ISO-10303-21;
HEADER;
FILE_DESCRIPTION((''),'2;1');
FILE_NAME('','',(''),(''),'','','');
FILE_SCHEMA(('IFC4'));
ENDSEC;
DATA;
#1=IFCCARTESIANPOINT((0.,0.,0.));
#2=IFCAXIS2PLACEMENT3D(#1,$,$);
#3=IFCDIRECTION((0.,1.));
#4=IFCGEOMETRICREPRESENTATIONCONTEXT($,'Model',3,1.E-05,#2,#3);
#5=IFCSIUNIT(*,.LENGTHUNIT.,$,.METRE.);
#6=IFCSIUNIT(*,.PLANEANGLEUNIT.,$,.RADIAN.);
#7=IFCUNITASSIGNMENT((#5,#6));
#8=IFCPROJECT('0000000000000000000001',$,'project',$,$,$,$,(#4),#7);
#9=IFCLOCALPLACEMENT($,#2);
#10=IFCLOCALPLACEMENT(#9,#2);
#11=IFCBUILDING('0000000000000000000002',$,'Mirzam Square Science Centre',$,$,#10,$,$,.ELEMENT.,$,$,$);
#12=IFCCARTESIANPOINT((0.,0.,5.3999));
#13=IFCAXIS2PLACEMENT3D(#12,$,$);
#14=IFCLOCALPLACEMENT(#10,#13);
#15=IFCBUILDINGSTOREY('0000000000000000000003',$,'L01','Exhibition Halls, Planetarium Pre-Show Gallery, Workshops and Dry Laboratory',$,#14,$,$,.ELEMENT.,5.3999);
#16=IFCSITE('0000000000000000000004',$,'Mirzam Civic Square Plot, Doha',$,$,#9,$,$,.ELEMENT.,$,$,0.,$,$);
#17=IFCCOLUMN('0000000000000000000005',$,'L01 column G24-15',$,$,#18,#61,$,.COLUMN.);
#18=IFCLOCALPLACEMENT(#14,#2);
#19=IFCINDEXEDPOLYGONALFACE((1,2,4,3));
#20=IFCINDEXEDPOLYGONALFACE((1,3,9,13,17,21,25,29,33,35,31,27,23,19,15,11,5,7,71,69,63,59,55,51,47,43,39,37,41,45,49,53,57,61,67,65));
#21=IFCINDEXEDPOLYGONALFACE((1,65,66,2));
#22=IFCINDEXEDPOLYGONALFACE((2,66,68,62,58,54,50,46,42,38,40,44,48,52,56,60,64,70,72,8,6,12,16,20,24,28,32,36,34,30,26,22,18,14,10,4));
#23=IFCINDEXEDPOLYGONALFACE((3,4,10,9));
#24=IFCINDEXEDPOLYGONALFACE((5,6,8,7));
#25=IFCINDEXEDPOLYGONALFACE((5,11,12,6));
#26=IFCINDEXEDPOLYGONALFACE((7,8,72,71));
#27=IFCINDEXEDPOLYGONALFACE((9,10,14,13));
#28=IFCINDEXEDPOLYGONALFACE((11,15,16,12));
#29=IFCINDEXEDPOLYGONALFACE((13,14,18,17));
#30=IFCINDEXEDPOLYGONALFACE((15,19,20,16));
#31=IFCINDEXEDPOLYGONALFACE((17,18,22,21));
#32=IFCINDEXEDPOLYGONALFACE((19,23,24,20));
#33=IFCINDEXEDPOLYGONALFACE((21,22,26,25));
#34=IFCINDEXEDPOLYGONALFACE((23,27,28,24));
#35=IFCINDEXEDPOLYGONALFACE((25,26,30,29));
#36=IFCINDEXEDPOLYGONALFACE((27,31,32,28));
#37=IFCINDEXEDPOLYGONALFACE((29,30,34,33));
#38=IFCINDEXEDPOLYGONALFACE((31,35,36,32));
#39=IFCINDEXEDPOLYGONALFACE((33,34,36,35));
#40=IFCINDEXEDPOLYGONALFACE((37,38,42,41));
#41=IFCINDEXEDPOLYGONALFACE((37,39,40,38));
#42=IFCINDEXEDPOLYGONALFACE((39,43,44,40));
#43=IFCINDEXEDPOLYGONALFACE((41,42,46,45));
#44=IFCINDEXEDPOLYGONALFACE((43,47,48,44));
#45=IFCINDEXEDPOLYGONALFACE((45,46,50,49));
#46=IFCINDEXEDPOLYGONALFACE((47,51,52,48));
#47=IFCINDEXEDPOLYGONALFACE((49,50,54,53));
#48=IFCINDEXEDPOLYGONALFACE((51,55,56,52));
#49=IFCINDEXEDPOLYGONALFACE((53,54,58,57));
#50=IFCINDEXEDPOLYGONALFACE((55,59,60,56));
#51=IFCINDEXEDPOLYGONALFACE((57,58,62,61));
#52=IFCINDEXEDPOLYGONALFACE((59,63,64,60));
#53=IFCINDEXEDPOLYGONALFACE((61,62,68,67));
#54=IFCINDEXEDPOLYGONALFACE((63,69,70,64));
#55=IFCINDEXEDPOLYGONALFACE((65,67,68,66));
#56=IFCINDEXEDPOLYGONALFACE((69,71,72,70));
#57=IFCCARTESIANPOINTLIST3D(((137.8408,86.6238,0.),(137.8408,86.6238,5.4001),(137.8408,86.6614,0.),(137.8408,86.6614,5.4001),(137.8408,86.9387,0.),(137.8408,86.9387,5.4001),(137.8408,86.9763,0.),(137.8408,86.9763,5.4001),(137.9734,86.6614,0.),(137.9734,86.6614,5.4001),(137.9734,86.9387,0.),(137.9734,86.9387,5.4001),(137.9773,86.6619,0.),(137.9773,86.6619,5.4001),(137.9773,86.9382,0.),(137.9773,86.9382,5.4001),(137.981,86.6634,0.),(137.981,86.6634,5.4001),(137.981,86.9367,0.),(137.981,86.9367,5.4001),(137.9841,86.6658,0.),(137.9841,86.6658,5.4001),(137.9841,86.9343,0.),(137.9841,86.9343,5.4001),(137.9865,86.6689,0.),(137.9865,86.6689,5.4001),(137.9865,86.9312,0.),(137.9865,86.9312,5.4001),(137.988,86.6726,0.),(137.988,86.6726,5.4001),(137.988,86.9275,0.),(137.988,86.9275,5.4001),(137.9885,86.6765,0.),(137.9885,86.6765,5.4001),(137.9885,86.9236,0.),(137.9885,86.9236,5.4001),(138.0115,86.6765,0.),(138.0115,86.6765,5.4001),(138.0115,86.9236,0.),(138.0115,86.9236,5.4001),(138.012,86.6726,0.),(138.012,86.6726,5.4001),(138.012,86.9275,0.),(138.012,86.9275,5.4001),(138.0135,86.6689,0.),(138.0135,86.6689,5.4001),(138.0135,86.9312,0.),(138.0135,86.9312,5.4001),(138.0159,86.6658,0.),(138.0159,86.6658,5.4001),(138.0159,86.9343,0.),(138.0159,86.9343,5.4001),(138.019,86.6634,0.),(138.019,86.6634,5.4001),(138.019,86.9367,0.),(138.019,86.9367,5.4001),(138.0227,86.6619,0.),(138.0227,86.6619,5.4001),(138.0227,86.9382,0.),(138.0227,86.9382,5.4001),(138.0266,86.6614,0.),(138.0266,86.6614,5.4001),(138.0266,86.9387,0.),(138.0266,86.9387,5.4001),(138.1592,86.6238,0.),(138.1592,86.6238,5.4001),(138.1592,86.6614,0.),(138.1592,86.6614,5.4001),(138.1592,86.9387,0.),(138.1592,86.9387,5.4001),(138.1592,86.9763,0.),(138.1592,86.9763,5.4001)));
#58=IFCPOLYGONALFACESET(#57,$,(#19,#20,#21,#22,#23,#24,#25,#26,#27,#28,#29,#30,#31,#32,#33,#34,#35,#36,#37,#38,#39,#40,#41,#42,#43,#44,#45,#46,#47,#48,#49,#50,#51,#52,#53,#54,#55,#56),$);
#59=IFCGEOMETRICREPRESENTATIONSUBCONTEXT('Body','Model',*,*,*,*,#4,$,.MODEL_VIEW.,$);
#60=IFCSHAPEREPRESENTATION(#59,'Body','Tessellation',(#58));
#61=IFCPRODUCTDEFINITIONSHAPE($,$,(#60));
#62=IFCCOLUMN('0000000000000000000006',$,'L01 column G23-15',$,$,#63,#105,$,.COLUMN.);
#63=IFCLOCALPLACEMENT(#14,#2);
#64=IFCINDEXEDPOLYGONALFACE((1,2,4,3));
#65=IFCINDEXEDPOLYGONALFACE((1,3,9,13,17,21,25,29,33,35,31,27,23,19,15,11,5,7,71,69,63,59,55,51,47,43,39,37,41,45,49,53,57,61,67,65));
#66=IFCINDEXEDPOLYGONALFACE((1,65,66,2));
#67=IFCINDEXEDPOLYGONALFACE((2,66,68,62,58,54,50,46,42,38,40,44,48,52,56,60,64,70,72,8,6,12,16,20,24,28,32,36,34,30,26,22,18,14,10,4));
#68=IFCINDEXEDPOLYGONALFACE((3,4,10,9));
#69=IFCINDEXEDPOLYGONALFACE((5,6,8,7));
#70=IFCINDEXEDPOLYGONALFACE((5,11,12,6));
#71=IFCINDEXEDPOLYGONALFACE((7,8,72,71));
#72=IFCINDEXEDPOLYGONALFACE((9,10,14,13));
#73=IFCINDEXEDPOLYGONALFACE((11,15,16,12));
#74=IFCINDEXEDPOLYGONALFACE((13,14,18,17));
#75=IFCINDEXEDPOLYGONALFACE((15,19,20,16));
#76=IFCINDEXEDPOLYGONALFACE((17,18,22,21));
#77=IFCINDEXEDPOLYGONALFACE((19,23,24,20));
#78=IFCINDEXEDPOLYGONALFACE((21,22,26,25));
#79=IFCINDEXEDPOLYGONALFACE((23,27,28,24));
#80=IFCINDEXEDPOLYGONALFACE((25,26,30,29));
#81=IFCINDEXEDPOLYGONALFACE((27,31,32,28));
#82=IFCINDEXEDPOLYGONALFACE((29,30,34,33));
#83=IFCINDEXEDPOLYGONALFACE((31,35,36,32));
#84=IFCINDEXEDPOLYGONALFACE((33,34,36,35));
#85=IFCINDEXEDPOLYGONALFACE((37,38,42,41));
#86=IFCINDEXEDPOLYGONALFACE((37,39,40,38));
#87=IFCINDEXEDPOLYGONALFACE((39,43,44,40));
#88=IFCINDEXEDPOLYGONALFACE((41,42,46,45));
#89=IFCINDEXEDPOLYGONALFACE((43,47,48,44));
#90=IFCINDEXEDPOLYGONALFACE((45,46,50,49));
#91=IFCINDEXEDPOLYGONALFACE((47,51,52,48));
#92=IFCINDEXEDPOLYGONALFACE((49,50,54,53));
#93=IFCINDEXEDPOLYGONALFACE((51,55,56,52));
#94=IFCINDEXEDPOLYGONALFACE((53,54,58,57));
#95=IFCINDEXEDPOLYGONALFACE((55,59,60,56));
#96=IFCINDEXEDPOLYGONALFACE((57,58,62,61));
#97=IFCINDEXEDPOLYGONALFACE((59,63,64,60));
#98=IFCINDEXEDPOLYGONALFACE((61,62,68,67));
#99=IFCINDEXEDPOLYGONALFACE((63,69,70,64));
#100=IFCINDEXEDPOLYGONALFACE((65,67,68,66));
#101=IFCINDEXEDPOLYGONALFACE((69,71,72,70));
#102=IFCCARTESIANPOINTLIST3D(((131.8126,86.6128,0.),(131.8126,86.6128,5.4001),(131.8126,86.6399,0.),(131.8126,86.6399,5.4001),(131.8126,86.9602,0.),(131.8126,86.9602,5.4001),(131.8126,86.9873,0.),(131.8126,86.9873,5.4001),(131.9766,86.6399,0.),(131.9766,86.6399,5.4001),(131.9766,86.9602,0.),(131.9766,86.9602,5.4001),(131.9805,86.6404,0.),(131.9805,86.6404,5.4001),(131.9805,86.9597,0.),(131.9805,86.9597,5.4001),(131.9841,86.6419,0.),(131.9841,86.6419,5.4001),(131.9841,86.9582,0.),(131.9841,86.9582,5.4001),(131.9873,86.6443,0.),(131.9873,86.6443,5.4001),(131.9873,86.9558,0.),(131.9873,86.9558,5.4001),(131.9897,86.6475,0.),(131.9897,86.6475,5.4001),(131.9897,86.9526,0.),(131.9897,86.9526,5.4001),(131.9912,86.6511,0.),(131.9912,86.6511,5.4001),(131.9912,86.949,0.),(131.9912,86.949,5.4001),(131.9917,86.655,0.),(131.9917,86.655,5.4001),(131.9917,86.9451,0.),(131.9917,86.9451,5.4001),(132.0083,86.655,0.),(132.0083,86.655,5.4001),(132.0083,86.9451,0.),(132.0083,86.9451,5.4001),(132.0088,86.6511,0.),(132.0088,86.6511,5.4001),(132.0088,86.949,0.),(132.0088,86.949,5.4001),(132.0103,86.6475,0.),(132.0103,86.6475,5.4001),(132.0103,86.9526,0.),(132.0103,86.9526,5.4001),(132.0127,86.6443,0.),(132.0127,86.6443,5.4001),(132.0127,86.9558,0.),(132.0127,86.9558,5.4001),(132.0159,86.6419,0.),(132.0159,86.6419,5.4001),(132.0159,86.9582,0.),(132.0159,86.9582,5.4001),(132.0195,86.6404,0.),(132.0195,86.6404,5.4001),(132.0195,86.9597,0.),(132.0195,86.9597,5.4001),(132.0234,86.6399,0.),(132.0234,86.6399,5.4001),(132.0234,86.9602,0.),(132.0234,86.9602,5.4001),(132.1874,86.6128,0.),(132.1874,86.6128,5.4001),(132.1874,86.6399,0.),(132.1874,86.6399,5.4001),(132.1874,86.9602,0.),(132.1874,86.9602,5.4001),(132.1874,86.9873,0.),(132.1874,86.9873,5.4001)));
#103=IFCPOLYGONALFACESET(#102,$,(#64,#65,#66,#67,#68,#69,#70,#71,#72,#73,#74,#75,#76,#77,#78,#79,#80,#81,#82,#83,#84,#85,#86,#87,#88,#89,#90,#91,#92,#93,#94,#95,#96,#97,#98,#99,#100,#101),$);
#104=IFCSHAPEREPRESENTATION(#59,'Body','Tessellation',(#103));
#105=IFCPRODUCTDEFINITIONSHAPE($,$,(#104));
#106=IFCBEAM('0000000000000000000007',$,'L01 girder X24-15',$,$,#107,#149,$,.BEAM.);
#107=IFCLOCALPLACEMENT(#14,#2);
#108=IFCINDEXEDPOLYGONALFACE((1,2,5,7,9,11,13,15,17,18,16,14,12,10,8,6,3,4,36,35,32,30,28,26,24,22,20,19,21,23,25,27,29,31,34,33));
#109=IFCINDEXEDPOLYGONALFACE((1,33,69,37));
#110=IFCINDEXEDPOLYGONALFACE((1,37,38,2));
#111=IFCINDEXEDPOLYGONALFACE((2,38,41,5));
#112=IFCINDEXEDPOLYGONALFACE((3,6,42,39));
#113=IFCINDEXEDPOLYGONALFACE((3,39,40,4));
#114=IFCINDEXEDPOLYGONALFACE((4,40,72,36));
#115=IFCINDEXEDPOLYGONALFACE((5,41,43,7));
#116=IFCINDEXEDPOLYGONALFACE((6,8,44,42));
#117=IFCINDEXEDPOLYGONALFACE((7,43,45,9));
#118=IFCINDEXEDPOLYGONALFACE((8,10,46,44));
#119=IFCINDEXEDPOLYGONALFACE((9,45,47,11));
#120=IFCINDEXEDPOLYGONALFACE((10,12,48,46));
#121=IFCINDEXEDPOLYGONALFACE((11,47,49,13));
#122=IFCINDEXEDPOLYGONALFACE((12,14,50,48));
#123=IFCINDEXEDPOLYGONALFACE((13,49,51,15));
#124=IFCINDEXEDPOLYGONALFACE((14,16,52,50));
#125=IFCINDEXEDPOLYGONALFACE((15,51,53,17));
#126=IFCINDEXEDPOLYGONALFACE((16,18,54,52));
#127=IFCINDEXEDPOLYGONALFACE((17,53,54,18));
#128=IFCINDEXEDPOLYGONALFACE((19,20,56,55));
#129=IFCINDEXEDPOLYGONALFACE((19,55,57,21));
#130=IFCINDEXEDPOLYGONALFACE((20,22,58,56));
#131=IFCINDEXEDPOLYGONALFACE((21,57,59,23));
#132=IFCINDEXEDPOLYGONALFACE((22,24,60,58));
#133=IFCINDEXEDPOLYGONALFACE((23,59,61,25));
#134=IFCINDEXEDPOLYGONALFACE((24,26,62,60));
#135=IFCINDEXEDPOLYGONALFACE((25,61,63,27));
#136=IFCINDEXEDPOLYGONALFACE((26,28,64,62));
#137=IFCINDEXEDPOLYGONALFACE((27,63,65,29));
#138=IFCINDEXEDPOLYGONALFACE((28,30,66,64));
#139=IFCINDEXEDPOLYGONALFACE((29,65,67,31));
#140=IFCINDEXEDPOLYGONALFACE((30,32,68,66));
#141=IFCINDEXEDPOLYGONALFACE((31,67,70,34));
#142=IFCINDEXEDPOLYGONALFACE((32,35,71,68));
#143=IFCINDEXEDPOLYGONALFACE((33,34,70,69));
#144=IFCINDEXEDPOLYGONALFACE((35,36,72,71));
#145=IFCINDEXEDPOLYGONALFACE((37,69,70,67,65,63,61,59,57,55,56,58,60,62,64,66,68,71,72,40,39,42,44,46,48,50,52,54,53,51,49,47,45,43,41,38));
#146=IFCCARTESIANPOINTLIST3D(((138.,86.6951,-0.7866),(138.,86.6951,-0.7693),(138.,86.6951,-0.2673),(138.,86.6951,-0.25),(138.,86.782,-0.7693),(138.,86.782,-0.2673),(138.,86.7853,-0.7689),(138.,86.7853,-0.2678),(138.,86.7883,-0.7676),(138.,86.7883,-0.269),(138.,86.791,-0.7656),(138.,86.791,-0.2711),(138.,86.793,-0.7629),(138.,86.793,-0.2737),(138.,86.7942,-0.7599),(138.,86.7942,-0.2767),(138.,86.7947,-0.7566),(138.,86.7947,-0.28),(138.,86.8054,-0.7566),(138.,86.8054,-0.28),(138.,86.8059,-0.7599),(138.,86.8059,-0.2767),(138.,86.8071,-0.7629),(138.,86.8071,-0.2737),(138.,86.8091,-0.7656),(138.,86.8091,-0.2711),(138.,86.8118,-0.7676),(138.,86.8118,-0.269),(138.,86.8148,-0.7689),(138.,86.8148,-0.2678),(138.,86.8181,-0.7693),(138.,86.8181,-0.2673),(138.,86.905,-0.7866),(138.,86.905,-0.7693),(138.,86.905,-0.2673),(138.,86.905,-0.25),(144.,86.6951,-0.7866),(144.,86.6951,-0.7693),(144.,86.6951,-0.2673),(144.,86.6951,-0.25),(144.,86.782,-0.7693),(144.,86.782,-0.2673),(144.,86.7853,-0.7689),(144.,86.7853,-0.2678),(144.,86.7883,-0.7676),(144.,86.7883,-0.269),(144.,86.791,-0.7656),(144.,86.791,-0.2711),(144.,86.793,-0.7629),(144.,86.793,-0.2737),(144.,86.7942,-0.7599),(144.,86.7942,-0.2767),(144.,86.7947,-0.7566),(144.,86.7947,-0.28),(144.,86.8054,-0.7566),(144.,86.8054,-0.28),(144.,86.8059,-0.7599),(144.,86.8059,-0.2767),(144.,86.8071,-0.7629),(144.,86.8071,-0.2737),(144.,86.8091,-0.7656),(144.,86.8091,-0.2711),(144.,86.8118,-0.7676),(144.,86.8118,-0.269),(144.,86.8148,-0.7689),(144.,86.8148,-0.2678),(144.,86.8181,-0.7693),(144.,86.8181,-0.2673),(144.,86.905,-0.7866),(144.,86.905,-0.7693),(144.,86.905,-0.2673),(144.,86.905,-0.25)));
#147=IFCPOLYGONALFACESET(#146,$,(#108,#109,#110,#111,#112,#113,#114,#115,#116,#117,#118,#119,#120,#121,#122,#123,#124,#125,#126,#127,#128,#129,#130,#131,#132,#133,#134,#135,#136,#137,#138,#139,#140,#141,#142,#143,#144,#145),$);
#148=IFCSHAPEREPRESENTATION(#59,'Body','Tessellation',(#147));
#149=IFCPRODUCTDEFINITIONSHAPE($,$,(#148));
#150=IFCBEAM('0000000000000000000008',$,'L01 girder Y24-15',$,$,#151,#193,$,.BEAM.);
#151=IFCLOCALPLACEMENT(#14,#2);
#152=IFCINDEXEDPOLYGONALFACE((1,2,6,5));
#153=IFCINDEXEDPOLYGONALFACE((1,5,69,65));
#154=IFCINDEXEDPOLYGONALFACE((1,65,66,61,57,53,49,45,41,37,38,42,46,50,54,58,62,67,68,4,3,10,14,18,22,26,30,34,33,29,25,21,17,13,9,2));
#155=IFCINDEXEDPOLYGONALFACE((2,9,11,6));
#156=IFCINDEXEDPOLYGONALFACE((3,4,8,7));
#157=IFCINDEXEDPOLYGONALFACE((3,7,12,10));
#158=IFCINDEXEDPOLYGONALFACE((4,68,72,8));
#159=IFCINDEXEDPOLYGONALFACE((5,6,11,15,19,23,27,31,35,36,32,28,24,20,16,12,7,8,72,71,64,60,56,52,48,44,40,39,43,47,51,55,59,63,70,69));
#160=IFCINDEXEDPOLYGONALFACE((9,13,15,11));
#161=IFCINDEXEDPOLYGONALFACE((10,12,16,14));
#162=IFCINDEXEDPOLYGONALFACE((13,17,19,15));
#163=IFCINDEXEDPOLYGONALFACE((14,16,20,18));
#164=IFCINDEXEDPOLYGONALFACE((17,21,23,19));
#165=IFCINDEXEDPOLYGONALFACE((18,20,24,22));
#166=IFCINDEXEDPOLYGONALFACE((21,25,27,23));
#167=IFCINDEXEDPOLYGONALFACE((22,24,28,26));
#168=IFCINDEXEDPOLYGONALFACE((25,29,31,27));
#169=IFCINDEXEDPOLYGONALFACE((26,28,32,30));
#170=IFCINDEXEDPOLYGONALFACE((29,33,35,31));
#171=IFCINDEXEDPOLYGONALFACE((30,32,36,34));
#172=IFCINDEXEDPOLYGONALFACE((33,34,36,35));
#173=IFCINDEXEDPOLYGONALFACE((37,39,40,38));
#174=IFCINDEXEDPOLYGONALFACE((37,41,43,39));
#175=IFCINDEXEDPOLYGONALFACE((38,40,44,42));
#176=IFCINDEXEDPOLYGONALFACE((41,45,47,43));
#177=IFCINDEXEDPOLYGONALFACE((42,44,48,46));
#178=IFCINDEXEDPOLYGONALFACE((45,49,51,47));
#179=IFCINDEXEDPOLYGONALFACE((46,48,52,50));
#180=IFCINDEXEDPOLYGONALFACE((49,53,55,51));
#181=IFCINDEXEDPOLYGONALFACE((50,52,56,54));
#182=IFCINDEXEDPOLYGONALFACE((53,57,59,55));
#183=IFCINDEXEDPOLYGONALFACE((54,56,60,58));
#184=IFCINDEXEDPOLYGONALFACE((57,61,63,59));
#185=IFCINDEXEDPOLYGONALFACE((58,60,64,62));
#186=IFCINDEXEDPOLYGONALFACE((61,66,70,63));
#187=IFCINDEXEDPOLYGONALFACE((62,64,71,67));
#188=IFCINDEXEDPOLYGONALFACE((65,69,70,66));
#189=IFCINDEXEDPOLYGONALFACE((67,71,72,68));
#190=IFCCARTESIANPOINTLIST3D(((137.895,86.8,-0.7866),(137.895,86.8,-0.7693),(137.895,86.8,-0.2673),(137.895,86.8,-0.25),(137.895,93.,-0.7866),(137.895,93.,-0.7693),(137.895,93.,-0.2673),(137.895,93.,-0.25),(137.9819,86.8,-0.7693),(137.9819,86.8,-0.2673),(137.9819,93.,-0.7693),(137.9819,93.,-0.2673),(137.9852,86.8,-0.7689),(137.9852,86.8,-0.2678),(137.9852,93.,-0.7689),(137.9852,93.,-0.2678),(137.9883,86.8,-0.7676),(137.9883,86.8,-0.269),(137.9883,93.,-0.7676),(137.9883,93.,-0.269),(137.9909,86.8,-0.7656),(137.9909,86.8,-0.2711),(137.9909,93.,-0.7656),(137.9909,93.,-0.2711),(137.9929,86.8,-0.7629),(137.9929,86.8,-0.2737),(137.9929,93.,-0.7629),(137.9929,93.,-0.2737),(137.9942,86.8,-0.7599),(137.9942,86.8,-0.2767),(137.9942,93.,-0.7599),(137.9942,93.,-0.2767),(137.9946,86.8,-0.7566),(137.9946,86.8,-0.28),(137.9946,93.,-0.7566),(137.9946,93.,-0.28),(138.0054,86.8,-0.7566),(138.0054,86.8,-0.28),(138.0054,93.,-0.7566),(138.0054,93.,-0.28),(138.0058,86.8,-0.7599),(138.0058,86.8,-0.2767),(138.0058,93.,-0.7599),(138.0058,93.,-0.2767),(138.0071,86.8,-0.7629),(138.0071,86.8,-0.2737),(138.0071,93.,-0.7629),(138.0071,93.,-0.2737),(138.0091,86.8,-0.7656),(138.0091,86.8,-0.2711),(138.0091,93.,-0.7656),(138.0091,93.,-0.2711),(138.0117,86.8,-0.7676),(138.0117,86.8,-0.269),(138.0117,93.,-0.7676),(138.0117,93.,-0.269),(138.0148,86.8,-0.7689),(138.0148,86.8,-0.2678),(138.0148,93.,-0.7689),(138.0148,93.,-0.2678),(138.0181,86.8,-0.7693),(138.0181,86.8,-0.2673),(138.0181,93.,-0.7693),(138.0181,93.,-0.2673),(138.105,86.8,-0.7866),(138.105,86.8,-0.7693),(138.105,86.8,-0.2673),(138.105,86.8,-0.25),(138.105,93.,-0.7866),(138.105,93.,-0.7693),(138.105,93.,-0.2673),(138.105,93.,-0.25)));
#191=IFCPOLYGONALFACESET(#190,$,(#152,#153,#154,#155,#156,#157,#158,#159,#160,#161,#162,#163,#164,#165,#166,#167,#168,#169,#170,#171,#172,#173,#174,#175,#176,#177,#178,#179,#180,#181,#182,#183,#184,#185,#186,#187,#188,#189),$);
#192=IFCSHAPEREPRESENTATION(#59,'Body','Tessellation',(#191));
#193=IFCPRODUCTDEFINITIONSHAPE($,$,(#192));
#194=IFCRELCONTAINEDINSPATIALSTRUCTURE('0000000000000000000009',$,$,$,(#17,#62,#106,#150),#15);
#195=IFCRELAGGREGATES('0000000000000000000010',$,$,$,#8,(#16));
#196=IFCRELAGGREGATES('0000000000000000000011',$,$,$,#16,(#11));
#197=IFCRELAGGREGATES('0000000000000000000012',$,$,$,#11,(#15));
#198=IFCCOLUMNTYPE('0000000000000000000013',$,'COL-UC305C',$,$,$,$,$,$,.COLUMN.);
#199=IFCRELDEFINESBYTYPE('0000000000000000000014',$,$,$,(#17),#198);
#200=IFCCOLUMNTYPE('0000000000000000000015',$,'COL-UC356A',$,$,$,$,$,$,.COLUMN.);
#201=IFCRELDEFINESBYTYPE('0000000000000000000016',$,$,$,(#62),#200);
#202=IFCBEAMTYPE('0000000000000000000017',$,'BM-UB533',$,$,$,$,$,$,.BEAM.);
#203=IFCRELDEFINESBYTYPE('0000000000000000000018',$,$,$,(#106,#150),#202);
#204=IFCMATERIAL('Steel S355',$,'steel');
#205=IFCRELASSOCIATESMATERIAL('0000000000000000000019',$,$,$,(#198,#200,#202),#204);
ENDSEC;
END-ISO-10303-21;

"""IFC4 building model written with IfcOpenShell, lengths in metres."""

from ifc_helpers import new_model, si_unit, direction, frame, origin, origin_2d, place, context, subcontext, project, spatial, i_section, extrude, material, material_profile, profile_set, type_object, element, save


model = new_model("IFC4")

# Units and contexts
model_context = context("Model", 3, precision=1e-05, world=origin(), true_north=direction((0.0, 1.0)))
body_context = subcontext(model_context, "Body", "Model", "MODEL_VIEW")
ifc_project = project(units=[si_unit("LENGTHUNIT", "METRE"), si_unit("PLANEANGLEUNIT", "RADIAN")], contexts=[model_context])

# Site, building, storey
site_placement = place(None, origin())
site = spatial("IfcSite", under=ifc_project, at=site_placement, Name="Mirzam Civic Square Plot, Doha", CompositionType="ELEMENT", RefElevation=0.0)
building_placement = place(site_placement, origin())
building = spatial("IfcBuilding", under=site, at=building_placement, Name="Mirzam Square Science Centre", CompositionType="ELEMENT")
storey_placement = place(building_placement, frame((0.0, 0.0, 5.3999)))
storey = spatial("IfcBuildingStorey", under=building, at=storey_placement, Name="L01", Description="Exhibition Halls, Planetarium Pre-Show Gallery, Workshops and Dry Laboratory", CompositionType="ELEMENT", Elevation=5.3999)

# Columns
ifc_material_1 = material(Name="Steel S355", Category="steel")
ifc_material_profile_1 = material_profile(ifc_material_1, i_section(OverallWidth=0.3184, OverallDepth=0.3525, WebThickness=0.0229, FlangeThickness=0.0376, FilletRadius=0.0151, at=origin_2d()), Name="305x305x240UC")
ifc_profile_set_1 = profile_set([ifc_material_profile_1], Name="Steel S355")
column_type_1 = type_object("IfcColumnType", Name="COL-UC305C", PredefinedType="COLUMN", material=ifc_profile_set_1)
column_1_placement = place(storey_placement, frame((138.0, 86.8, 0.0), z_axis=(0.0, 0.0, 1.0), x_axis=(1.0, 0.0, 0.0)))
element("IfcColumn", 1, at=column_1_placement, inside=storey, type_object=column_type_1, Name="L01 column G24-15", PredefinedType="COLUMN", context=body_context, shape_type="SweptSolid", body=[
    extrude(i_section(OverallWidth=0.3184, OverallDepth=0.3525, WebThickness=0.0229, FlangeThickness=0.0376, FilletRadius=0.0151, at=origin_2d()), origin(), (0.0, 0.0, 1.0), 5.4001),
])
ifc_material_profile_2 = material_profile(ifc_material_1, i_section(OverallWidth=0.3748, OverallDepth=0.3745, WebThickness=0.0166, FlangeThickness=0.0271, FilletRadius=0.0151, at=origin_2d()), Name="356x368x202UC")
ifc_profile_set_2 = profile_set([ifc_material_profile_2], Name="Steel S355")
column_type_2 = type_object("IfcColumnType", Name="COL-UC356A", PredefinedType="COLUMN", material=ifc_profile_set_2)
column_2_placement = place(storey_placement, frame((132.0, 86.8, 0.0), z_axis=(0.0, 0.0, 1.0), x_axis=(1.0, 0.0, 0.0)))
element("IfcColumn", 2, at=column_2_placement, inside=storey, type_object=column_type_2, Name="L01 column G23-15", PredefinedType="COLUMN", context=body_context, shape_type="SweptSolid", body=[
    extrude(i_section(OverallWidth=0.3748, OverallDepth=0.3745, WebThickness=0.0166, FlangeThickness=0.0271, FilletRadius=0.0151, at=origin_2d()), origin(), (0.0, 0.0, 1.0), 5.4001),
])

# Beams
ifc_material_profile_3 = material_profile(ifc_material_1, i_section(OverallWidth=0.21, OverallDepth=0.5366, WebThickness=0.0107, FlangeThickness=0.0173, FilletRadius=0.0127, at=origin_2d()), Name="533x210x101UB")
ifc_profile_set_3 = profile_set([ifc_material_profile_3], Name="Steel S355")
beam_type_1 = type_object("IfcBeamType", Name="BM-UB533", PredefinedType="BEAM", material=ifc_profile_set_3)
beam_1_placement = place(storey_placement, frame((138.0, 86.8, -0.5183), z_axis=(1.0, 0.0, 0.0), x_axis=(0.0, 1.0, 0.0)))
element("IfcBeam", 3, at=beam_1_placement, inside=storey, type_object=beam_type_1, Name="L01 girder X24-15", PredefinedType="BEAM", context=body_context, shape_type="SweptSolid", body=[
    extrude(i_section(OverallWidth=0.21, OverallDepth=0.5366, WebThickness=0.0107, FlangeThickness=0.0173, FilletRadius=0.0127, at=origin_2d()), origin(), (0.0, 0.0, 1.0), 6.0),
])
beam_2_placement = place(storey_placement, frame((138.0, 86.8, -0.5183), z_axis=(0.0, 1.0, 0.0), x_axis=(-1.0, 0.0, 0.0)))
element("IfcBeam", 4, at=beam_2_placement, inside=storey, type_object=beam_type_1, Name="L01 girder Y24-15", PredefinedType="BEAM", context=body_context, shape_type="SweptSolid", body=[
    extrude(i_section(OverallWidth=0.21, OverallDepth=0.5366, WebThickness=0.0107, FlangeThickness=0.0173, FilletRadius=0.0127, at=origin_2d()), origin(), (0.0, 0.0, 1.0), 6.2),
])

save(model, "model.ifc")
